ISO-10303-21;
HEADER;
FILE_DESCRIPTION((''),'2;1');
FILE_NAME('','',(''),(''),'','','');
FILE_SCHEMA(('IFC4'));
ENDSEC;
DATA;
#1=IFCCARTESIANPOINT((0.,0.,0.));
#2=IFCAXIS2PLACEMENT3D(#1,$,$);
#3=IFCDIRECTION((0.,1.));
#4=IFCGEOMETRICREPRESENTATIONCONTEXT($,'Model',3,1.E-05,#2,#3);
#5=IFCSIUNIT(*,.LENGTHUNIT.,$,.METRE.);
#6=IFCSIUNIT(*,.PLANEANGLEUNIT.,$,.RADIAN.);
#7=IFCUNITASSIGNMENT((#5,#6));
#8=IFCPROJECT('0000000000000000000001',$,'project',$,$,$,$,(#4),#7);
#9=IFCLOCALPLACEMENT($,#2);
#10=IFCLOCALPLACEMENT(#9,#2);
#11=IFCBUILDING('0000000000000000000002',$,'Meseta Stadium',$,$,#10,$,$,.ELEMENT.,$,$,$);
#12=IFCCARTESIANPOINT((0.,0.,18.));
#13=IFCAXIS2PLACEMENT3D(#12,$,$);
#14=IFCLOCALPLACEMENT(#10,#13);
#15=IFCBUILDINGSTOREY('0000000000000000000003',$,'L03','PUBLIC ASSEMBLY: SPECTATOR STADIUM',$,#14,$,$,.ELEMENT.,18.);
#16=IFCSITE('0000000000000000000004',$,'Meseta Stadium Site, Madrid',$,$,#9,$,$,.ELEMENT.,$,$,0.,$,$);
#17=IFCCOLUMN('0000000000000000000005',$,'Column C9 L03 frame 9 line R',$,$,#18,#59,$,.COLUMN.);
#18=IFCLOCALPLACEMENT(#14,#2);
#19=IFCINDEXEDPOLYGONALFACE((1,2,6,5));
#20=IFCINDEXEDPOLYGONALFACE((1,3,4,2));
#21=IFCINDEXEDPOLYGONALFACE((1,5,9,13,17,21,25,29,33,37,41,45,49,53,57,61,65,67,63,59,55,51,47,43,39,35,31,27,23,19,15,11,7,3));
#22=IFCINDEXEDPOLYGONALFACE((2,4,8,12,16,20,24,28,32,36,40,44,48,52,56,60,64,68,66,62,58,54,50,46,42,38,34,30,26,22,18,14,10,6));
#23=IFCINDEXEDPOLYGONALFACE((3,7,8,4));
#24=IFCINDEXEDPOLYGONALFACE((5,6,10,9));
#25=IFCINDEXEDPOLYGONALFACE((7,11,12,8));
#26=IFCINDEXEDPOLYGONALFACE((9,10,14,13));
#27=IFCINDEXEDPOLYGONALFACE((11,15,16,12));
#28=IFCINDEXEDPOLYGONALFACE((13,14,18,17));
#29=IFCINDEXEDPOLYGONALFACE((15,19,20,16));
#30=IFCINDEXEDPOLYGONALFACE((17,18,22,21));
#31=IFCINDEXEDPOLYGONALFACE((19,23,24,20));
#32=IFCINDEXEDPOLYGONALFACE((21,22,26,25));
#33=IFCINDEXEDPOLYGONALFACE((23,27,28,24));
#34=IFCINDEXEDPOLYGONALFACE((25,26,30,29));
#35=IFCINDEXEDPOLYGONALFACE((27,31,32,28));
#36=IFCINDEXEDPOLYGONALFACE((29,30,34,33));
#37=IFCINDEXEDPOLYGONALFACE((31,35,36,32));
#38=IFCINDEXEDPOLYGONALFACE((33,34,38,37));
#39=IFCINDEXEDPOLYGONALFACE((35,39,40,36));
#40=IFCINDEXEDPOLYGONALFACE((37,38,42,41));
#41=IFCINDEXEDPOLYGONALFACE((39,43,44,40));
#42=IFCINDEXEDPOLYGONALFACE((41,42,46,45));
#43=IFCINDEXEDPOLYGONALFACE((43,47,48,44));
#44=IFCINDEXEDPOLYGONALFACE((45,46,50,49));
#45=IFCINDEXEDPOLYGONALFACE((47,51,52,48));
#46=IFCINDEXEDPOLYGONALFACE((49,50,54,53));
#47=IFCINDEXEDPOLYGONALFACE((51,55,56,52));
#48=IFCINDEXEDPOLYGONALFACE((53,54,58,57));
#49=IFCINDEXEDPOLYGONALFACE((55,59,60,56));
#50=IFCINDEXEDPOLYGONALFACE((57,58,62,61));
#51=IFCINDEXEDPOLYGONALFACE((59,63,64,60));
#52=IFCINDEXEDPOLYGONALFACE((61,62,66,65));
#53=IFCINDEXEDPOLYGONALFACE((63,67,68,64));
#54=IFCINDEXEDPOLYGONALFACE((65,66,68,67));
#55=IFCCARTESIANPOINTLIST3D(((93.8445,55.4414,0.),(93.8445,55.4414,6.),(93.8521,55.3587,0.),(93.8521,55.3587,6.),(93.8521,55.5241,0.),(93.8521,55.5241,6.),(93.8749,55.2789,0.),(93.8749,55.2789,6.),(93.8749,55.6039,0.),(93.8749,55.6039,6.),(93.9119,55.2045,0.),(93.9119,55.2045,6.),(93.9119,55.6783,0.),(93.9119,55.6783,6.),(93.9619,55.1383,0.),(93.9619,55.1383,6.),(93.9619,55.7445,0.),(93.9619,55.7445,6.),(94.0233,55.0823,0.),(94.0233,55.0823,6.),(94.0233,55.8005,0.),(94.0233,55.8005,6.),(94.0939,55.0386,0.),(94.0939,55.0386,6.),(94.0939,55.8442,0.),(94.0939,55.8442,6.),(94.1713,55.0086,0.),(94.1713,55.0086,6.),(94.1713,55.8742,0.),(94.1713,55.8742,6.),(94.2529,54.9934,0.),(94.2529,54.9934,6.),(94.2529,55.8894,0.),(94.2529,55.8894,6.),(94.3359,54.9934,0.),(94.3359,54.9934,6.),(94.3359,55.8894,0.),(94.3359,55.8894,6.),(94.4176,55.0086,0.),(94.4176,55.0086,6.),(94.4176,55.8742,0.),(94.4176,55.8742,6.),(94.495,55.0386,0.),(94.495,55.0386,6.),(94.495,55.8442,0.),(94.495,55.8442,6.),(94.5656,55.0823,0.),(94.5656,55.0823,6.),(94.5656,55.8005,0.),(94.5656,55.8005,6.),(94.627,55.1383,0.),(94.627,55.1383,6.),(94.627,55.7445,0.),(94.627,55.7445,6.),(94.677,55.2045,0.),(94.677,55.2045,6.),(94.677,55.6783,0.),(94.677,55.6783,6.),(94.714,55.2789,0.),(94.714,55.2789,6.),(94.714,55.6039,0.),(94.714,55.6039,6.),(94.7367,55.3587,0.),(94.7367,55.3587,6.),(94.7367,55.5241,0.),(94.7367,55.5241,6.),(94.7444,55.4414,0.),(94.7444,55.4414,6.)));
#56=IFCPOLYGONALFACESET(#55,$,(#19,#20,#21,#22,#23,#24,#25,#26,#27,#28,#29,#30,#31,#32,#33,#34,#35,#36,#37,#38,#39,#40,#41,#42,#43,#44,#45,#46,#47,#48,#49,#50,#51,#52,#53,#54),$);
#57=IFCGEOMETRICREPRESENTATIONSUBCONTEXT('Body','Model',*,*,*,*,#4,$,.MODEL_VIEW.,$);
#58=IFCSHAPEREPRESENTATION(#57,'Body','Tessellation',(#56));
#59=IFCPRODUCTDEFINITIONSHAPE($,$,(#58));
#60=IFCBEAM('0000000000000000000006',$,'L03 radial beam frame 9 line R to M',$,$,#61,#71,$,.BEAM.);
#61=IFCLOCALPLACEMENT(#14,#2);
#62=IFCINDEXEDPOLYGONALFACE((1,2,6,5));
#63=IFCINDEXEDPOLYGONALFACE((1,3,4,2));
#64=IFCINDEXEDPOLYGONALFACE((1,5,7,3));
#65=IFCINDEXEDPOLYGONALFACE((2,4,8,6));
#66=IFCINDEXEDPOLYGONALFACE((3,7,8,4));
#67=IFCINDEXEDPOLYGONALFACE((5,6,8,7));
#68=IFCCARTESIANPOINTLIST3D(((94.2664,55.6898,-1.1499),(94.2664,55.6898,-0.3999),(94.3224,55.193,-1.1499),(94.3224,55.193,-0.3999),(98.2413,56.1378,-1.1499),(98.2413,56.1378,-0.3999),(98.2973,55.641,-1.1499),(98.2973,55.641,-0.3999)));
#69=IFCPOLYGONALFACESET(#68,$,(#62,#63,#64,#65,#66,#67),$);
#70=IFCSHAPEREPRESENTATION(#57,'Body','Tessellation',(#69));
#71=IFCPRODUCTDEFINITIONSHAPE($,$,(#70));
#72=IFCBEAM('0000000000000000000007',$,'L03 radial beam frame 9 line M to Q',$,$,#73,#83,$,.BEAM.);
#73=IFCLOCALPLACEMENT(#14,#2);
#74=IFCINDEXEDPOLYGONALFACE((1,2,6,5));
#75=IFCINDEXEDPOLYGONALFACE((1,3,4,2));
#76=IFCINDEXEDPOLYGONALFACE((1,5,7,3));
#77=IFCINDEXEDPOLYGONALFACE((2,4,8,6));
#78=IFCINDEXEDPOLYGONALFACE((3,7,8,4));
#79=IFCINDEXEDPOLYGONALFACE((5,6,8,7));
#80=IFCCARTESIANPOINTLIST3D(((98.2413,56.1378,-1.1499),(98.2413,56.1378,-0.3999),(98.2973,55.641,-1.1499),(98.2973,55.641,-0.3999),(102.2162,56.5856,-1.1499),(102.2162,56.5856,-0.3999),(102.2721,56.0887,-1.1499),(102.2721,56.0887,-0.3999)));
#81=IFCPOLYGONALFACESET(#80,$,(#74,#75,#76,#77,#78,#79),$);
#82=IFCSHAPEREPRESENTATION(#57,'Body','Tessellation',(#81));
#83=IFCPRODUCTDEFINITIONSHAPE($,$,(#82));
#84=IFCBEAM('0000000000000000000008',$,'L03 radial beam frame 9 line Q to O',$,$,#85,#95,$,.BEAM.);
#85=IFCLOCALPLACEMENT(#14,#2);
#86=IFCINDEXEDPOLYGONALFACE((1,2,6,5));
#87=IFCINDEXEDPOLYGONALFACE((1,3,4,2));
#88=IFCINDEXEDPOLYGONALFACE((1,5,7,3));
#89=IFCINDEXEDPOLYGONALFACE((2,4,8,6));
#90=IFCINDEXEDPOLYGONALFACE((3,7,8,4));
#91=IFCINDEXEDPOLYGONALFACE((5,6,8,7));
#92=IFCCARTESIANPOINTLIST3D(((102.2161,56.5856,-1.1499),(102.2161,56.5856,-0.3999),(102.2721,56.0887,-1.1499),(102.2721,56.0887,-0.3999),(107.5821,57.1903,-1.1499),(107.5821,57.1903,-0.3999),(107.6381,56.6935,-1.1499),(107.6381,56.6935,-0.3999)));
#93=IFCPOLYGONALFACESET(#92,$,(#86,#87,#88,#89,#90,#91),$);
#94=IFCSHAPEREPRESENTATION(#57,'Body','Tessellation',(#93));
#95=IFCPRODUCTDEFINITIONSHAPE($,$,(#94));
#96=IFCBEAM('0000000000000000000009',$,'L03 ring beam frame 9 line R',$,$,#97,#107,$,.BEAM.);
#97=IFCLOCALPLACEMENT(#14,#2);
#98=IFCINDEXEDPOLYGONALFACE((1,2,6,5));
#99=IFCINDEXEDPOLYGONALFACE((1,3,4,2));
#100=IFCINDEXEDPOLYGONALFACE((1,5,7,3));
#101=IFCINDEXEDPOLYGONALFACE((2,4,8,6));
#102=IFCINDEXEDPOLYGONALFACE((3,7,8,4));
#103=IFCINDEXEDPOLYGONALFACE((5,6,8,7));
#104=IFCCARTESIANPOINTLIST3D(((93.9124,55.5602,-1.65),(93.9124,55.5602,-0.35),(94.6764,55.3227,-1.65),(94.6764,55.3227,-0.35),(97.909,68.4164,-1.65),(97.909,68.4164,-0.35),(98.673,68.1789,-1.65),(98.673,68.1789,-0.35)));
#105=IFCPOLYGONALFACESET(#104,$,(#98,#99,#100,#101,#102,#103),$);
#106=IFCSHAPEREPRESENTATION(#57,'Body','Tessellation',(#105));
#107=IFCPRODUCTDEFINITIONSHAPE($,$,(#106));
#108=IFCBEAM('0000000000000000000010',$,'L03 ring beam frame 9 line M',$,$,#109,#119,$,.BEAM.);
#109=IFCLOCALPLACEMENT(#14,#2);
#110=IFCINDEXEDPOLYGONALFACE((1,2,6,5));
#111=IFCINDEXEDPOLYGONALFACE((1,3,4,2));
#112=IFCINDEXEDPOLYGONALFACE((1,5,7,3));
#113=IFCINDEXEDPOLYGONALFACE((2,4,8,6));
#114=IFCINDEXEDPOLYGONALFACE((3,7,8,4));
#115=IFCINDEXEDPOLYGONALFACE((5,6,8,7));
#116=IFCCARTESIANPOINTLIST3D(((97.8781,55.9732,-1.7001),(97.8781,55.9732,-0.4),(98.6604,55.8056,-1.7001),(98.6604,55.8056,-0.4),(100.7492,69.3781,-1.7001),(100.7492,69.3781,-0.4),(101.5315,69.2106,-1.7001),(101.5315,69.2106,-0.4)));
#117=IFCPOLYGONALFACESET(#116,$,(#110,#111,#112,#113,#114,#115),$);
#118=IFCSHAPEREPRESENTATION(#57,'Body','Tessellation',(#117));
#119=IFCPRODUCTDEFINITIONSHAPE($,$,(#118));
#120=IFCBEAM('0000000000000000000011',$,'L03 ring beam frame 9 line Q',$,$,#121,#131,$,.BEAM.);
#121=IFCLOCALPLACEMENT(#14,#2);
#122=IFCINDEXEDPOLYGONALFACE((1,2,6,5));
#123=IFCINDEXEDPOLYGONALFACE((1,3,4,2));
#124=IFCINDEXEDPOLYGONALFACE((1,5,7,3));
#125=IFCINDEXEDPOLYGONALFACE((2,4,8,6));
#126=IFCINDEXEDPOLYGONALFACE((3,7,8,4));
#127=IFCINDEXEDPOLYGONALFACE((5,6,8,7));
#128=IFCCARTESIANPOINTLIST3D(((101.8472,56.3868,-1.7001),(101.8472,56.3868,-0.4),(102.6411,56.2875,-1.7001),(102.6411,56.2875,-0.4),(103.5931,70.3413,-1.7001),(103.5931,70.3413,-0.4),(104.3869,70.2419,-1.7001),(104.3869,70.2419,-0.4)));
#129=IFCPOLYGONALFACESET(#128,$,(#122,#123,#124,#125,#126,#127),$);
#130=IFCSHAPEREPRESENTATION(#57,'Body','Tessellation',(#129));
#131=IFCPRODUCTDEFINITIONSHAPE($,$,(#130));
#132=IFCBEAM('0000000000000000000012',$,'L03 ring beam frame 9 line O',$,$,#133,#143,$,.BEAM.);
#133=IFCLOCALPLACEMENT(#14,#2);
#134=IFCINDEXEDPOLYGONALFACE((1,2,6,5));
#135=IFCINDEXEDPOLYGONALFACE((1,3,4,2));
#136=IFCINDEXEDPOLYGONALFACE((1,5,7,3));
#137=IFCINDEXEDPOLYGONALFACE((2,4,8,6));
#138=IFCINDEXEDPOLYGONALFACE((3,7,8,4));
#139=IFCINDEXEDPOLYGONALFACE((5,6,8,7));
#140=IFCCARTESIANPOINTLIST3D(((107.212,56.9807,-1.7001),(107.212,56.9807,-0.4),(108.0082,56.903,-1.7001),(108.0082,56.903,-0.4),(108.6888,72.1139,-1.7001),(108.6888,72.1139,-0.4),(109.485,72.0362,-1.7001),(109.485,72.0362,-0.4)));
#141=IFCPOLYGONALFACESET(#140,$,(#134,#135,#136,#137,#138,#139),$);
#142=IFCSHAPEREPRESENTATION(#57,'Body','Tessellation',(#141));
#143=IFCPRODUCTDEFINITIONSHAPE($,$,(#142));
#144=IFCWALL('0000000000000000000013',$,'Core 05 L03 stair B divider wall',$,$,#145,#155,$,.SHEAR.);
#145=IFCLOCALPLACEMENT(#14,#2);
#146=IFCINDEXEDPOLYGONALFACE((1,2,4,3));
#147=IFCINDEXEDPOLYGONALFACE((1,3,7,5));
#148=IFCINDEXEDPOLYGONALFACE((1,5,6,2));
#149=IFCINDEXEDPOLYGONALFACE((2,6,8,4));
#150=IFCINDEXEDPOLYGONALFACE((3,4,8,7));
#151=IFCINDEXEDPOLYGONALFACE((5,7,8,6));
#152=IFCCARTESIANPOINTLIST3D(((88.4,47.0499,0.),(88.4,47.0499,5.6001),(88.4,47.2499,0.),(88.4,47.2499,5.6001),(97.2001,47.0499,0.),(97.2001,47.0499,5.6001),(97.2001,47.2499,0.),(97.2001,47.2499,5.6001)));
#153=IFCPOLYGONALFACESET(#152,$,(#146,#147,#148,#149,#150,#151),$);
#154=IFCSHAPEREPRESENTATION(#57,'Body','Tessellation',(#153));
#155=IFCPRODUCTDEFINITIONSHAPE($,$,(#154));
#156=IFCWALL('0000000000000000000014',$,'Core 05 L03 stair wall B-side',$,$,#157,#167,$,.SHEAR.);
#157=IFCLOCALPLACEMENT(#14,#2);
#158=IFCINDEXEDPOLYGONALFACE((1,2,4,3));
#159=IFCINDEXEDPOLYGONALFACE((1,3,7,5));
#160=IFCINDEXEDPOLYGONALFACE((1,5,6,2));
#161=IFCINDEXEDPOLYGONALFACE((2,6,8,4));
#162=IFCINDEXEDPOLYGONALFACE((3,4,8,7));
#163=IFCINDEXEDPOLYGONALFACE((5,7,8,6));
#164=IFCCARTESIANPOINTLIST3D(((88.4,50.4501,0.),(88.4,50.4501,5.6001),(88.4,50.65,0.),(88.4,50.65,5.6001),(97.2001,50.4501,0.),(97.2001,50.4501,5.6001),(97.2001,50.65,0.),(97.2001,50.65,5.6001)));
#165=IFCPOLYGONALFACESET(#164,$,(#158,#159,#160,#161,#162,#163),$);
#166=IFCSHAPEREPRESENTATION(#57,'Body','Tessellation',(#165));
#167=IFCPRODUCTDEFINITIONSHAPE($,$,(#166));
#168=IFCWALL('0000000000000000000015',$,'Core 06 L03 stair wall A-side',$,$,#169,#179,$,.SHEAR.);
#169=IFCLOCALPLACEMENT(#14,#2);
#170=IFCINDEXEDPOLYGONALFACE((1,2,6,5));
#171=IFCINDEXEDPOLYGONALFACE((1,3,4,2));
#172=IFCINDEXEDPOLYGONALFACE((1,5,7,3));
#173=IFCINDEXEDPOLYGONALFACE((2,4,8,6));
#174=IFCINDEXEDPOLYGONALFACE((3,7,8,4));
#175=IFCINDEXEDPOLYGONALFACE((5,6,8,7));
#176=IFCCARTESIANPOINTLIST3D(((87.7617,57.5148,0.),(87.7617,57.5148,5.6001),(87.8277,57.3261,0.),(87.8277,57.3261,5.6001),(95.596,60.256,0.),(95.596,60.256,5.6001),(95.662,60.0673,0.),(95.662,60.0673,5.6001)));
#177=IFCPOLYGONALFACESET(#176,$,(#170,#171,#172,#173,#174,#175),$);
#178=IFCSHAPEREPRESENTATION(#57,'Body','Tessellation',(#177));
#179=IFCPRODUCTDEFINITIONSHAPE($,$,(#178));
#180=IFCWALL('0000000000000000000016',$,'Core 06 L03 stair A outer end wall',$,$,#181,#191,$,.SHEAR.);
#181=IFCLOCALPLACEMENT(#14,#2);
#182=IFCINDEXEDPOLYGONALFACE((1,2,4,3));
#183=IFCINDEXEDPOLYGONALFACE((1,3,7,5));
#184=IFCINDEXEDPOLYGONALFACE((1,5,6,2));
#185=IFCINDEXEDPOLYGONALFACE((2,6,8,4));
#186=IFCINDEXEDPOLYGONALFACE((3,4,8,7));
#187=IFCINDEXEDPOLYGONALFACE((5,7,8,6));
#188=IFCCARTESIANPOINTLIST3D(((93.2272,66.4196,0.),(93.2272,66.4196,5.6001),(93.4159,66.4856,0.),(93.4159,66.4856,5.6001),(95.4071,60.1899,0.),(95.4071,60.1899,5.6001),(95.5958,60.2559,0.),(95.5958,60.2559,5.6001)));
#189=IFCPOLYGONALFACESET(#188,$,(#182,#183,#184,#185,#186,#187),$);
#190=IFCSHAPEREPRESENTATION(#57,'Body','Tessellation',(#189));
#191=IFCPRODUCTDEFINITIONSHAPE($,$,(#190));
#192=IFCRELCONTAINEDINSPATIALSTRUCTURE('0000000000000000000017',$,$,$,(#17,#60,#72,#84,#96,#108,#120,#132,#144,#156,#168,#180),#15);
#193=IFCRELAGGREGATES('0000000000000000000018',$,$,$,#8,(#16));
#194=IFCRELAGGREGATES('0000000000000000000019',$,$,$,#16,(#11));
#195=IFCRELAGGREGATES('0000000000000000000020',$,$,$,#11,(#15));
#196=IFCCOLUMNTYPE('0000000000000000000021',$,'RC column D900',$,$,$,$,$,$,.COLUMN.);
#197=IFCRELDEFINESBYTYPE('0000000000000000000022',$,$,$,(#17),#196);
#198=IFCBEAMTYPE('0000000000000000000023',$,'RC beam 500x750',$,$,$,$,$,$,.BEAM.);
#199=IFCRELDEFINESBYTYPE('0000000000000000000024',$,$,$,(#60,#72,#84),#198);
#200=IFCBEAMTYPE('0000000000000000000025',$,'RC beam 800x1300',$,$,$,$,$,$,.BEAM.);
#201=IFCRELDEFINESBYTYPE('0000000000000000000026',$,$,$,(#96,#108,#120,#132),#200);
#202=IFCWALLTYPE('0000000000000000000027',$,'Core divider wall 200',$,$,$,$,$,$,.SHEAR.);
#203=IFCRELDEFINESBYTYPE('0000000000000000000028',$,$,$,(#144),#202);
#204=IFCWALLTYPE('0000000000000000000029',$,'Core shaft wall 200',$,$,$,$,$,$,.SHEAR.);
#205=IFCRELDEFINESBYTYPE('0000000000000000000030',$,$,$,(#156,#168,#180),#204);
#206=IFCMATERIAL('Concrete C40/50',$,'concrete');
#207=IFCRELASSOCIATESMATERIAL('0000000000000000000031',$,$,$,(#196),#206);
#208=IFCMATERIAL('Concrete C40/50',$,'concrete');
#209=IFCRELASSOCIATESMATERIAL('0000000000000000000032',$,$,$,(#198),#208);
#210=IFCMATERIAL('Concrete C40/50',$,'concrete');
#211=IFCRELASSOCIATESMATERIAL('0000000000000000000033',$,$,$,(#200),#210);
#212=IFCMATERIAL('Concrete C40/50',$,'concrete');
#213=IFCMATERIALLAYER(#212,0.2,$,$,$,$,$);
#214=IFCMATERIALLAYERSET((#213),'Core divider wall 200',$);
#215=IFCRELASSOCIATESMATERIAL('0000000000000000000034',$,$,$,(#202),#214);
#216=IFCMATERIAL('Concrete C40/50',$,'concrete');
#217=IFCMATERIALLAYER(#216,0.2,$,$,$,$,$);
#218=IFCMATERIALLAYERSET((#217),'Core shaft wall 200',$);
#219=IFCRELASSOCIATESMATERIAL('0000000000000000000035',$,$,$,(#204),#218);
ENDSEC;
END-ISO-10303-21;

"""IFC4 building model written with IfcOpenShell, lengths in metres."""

from ifc_helpers import new_model, si_unit, direction, frame, frame_2d, origin, origin_2d, place, context, subcontext, project, spatial, rectangle, circle, extrude, material, layer, layer_set, material_profile, profile_set, type_object, element, save


model = new_model("IFC4")

# Units and contexts
model_context = context("Model", 3, precision=1e-05, world=origin(), true_north=direction((0.0, 1.0)))
body_context = subcontext(model_context, "Body", "Model", "MODEL_VIEW")
ifc_project = project(units=[si_unit("LENGTHUNIT", "METRE"), si_unit("PLANEANGLEUNIT", "RADIAN")], contexts=[model_context])

# Site, building, storey
site_placement = place(None, origin())
site = spatial("IfcSite", under=ifc_project, at=site_placement, Name="Meseta Stadium Site, Madrid", CompositionType="ELEMENT", RefElevation=0.0)
building_placement = place(site_placement, origin())
building = spatial("IfcBuilding", under=site, at=building_placement, Name="Meseta Stadium", CompositionType="ELEMENT")
storey_placement = place(building_placement, frame((0.0, 0.0, 18.0)))
storey = spatial("IfcBuildingStorey", under=building, at=storey_placement, Name="L03", Description="PUBLIC ASSEMBLY: SPECTATOR STADIUM", CompositionType="ELEMENT", Elevation=18.0)

# Column
ifc_material_1 = material(Name="Concrete C40/50", Category="concrete")
ifc_material_profile_1 = material_profile(ifc_material_1, circle(Radius=0.45, at=origin_2d()), Name="RC D900")
ifc_profile_set_1 = profile_set([ifc_material_profile_1], Name="Concrete C40/50")
column_type = type_object("IfcColumnType", Name="RC column D900", PredefinedType="COLUMN", material=ifc_profile_set_1)
column_placement = place(storey_placement, frame((94.2944, 55.4414, 0.0), z_axis=(0.0, 0.0, 1.0), x_axis=(1.0, 0.0, 0.0)))
element("IfcColumn", 1, at=column_placement, inside=storey, type_object=column_type, Name="Column C9 L03 frame 9 line R", PredefinedType="COLUMN", context=body_context, shape_type="SweptSolid", body=[
    extrude(circle(Radius=0.45, at=origin_2d()), origin(), (0.0, 0.0, 1.0), 6.0),
])

# Beams
ifc_material_2 = material(Name="Concrete C40/50", Category="concrete")
ifc_material_profile_2 = material_profile(ifc_material_2, rectangle(XDim=0.5, YDim=0.75, at=origin_2d()), Name="RC 500x750")
ifc_profile_set_2 = profile_set([ifc_material_profile_2], Name="Concrete C40/50")
beam_type_1 = type_object("IfcBeamType", Name="RC beam 500x750", PredefinedType="BEAM", material=ifc_profile_set_2)
for number, where, z_axis, x_axis, name in (
    (2, (94.2944, 55.4414, -0.7749), (0.993708, 0.111999, 0.0), (-0.111999, 0.993708, 0.0), "L03 radial beam frame 9 line R to M"),
    (3, (98.2693, 55.8894, -0.7749), (0.993715, 0.111939, 0.0), (-0.111939, 0.993715, 0.0), "L03 radial beam frame 9 line M to Q"),
):
    element("IfcBeam", number, at=place(storey_placement, frame(where, z_axis=z_axis, x_axis=x_axis)), inside=storey, type_object=beam_type_1, Name=name, PredefinedType="BEAM", context=body_context, shape_type="SweptSolid", body=[
        extrude(rectangle(XDim=0.5, YDim=0.75, at=origin_2d()), origin(), (0.0, 0.0, 1.0), 4.0),
    ])
beam_1_placement = place(storey_placement, frame((102.2441, 56.3372, -0.7749), z_axis=(0.993709, 0.11199, 0.0), x_axis=(-0.11199, 0.993709, 0.0)))
element("IfcBeam", 4, at=beam_1_placement, inside=storey, type_object=beam_type_1, Name="L03 radial beam frame 9 line Q to O", PredefinedType="BEAM", context=body_context, shape_type="SweptSolid", body=[
    extrude(rectangle(XDim=0.5, YDim=0.75, at=origin_2d()), origin(), (0.0, 0.0, 1.0), 5.3999),
])
ifc_material_3 = material(Name="Concrete C40/50", Category="concrete")
ifc_material_profile_3 = material_profile(ifc_material_3, rectangle(XDim=0.8, YDim=1.3, at=origin_2d()), Name="RC 800x1300")
ifc_profile_set_3 = profile_set([ifc_material_profile_3], Name="Concrete C40/50")
beam_type_2 = type_object("IfcBeamType", Name="RC beam 800x1300", PredefinedType="BEAM", material=ifc_profile_set_3)
beam_2_placement = place(storey_placement, frame((94.2944, 55.4414, -1.0), z_axis=(0.296855, 0.954923, 0.0), x_axis=(-0.954923, 0.296855, 0.0)))
element("IfcBeam", 5, at=beam_2_placement, inside=storey, type_object=beam_type_2, Name="L03 ring beam frame 9 line R", PredefinedType="BEAM", context=body_context, shape_type="SweptSolid", body=[
    extrude(rectangle(XDim=0.8, YDim=1.3, at=origin_2d()), origin(), (0.0, 0.0, 1.0), 13.4631),
])
beam_3_placement = place(storey_placement, frame((98.2693, 55.8894, -1.05), z_axis=(0.209431, 0.977824, 0.0), x_axis=(-0.977824, 0.209431, 0.0)))
element("IfcBeam", 6, at=beam_3_placement, inside=storey, type_object=beam_type_2, Name="L03 ring beam frame 9 line M", PredefinedType="BEAM", context=body_context, shape_type="SweptSolid", body=[
    extrude(rectangle(XDim=0.8, YDim=1.3, at=origin_2d()), origin(), (0.0, 0.0, 1.0), 13.709),
])
beam_4_placement = place(storey_placement, frame((102.2441, 56.3372, -1.05), z_axis=(0.124144, 0.992264, 0.0), x_axis=(-0.992264, 0.124144, 0.0)))
element("IfcBeam", 7, at=beam_4_placement, inside=storey, type_object=beam_type_2, Name="L03 ring beam frame 9 line Q", PredefinedType="BEAM", context=body_context, shape_type="SweptSolid", body=[
    extrude(rectangle(XDim=0.8, YDim=1.3, at=origin_2d()), origin(), (0.0, 0.0, 1.0), 14.0632),
])
beam_5_placement = place(storey_placement, frame((107.6101, 56.9419, -1.05), z_axis=(0.097125, 0.995272, 0.0), x_axis=(-0.995272, 0.097125, 0.0)))
element("IfcBeam", 8, at=beam_5_placement, inside=storey, type_object=beam_type_2, Name="L03 ring beam frame 9 line O", PredefinedType="BEAM", context=body_context, shape_type="SweptSolid", body=[
    extrude(rectangle(XDim=0.8, YDim=1.3, at=origin_2d()), origin(), (0.0, 0.0, 1.0), 15.2051),
])

# Walls
ifc_material_4 = material(Name="Concrete C40/50", Category="concrete")
ifc_layer_1 = layer(ifc_material_4, 0.2)
ifc_layer_set_1 = layer_set([ifc_layer_1], Name="Core divider wall 200")
wall_type_1 = type_object("IfcWallType", Name="Core divider wall 200", PredefinedType="SHEAR", material=ifc_layer_set_1)
wall_1_placement = place(storey_placement, frame((97.2, 47.1499, 0.0), z_axis=(0.0, 0.0, 1.0), x_axis=(-1.0, 0.0, 0.0)))
element("IfcWall", 9, at=wall_1_placement, inside=storey, type_object=wall_type_1, Name="Core 05 L03 stair B divider wall", PredefinedType="SHEAR", context=body_context, shape_type="SweptSolid", body=[
    extrude(rectangle(XDim=8.8, YDim=0.2, at=frame_2d((4.3999, 0.0))), origin(), (0.0, 0.0, 1.0), 5.6001),
])
ifc_material_5 = material(Name="Concrete C40/50", Category="concrete")
ifc_layer_2 = layer(ifc_material_5, 0.2)
ifc_layer_set_2 = layer_set([ifc_layer_2], Name="Core shaft wall 200")
wall_type_2 = type_object("IfcWallType", Name="Core shaft wall 200", PredefinedType="SHEAR", material=ifc_layer_set_2)
wall_2_placement = place(storey_placement, frame((97.2, 50.55, 0.0), z_axis=(0.0, 0.0, 1.0), x_axis=(-1.0, 0.0, 0.0)))
element("IfcWall", 10, at=wall_2_placement, inside=storey, type_object=wall_type_2, Name="Core 05 L03 stair wall B-side", PredefinedType="SHEAR", context=body_context, shape_type="SweptSolid", body=[
    extrude(rectangle(XDim=8.8, YDim=0.2, at=frame_2d((4.3999, 0.0))), origin(), (0.0, 0.0, 1.0), 5.6001),
])
wall_3_placement = place(storey_placement, frame((95.6289, 60.1616, 0.0), z_axis=(0.0, 0.0, 1.0), x_axis=(-0.943887, -0.330268, 0.0)))
element("IfcWall", 11, at=wall_3_placement, inside=storey, type_object=wall_type_2, Name="Core 06 L03 stair wall A-side", PredefinedType="SHEAR", context=body_context, shape_type="SweptSolid", body=[
    extrude(rectangle(XDim=8.3, YDim=0.2, at=frame_2d((4.1499, 0.0))), origin(), (0.0, 0.0, 1.0), 5.6001),
])
wall_4_placement = place(storey_placement, frame((95.5015, 60.2229, 0.0), z_axis=(0.0, 0.0, 1.0), x_axis=(-0.330286, 0.943881, 0.0)))
element("IfcWall", 12, at=wall_4_placement, inside=storey, type_object=wall_type_2, Name="Core 06 L03 stair A outer end wall", PredefinedType="SHEAR", context=body_context, shape_type="SweptSolid", body=[
    extrude(rectangle(XDim=6.6001, YDim=0.2, at=frame_2d((3.3, 0.0))), origin(), (0.0, 0.0, 1.0), 5.6001),
])

save(model, "model.ifc")
